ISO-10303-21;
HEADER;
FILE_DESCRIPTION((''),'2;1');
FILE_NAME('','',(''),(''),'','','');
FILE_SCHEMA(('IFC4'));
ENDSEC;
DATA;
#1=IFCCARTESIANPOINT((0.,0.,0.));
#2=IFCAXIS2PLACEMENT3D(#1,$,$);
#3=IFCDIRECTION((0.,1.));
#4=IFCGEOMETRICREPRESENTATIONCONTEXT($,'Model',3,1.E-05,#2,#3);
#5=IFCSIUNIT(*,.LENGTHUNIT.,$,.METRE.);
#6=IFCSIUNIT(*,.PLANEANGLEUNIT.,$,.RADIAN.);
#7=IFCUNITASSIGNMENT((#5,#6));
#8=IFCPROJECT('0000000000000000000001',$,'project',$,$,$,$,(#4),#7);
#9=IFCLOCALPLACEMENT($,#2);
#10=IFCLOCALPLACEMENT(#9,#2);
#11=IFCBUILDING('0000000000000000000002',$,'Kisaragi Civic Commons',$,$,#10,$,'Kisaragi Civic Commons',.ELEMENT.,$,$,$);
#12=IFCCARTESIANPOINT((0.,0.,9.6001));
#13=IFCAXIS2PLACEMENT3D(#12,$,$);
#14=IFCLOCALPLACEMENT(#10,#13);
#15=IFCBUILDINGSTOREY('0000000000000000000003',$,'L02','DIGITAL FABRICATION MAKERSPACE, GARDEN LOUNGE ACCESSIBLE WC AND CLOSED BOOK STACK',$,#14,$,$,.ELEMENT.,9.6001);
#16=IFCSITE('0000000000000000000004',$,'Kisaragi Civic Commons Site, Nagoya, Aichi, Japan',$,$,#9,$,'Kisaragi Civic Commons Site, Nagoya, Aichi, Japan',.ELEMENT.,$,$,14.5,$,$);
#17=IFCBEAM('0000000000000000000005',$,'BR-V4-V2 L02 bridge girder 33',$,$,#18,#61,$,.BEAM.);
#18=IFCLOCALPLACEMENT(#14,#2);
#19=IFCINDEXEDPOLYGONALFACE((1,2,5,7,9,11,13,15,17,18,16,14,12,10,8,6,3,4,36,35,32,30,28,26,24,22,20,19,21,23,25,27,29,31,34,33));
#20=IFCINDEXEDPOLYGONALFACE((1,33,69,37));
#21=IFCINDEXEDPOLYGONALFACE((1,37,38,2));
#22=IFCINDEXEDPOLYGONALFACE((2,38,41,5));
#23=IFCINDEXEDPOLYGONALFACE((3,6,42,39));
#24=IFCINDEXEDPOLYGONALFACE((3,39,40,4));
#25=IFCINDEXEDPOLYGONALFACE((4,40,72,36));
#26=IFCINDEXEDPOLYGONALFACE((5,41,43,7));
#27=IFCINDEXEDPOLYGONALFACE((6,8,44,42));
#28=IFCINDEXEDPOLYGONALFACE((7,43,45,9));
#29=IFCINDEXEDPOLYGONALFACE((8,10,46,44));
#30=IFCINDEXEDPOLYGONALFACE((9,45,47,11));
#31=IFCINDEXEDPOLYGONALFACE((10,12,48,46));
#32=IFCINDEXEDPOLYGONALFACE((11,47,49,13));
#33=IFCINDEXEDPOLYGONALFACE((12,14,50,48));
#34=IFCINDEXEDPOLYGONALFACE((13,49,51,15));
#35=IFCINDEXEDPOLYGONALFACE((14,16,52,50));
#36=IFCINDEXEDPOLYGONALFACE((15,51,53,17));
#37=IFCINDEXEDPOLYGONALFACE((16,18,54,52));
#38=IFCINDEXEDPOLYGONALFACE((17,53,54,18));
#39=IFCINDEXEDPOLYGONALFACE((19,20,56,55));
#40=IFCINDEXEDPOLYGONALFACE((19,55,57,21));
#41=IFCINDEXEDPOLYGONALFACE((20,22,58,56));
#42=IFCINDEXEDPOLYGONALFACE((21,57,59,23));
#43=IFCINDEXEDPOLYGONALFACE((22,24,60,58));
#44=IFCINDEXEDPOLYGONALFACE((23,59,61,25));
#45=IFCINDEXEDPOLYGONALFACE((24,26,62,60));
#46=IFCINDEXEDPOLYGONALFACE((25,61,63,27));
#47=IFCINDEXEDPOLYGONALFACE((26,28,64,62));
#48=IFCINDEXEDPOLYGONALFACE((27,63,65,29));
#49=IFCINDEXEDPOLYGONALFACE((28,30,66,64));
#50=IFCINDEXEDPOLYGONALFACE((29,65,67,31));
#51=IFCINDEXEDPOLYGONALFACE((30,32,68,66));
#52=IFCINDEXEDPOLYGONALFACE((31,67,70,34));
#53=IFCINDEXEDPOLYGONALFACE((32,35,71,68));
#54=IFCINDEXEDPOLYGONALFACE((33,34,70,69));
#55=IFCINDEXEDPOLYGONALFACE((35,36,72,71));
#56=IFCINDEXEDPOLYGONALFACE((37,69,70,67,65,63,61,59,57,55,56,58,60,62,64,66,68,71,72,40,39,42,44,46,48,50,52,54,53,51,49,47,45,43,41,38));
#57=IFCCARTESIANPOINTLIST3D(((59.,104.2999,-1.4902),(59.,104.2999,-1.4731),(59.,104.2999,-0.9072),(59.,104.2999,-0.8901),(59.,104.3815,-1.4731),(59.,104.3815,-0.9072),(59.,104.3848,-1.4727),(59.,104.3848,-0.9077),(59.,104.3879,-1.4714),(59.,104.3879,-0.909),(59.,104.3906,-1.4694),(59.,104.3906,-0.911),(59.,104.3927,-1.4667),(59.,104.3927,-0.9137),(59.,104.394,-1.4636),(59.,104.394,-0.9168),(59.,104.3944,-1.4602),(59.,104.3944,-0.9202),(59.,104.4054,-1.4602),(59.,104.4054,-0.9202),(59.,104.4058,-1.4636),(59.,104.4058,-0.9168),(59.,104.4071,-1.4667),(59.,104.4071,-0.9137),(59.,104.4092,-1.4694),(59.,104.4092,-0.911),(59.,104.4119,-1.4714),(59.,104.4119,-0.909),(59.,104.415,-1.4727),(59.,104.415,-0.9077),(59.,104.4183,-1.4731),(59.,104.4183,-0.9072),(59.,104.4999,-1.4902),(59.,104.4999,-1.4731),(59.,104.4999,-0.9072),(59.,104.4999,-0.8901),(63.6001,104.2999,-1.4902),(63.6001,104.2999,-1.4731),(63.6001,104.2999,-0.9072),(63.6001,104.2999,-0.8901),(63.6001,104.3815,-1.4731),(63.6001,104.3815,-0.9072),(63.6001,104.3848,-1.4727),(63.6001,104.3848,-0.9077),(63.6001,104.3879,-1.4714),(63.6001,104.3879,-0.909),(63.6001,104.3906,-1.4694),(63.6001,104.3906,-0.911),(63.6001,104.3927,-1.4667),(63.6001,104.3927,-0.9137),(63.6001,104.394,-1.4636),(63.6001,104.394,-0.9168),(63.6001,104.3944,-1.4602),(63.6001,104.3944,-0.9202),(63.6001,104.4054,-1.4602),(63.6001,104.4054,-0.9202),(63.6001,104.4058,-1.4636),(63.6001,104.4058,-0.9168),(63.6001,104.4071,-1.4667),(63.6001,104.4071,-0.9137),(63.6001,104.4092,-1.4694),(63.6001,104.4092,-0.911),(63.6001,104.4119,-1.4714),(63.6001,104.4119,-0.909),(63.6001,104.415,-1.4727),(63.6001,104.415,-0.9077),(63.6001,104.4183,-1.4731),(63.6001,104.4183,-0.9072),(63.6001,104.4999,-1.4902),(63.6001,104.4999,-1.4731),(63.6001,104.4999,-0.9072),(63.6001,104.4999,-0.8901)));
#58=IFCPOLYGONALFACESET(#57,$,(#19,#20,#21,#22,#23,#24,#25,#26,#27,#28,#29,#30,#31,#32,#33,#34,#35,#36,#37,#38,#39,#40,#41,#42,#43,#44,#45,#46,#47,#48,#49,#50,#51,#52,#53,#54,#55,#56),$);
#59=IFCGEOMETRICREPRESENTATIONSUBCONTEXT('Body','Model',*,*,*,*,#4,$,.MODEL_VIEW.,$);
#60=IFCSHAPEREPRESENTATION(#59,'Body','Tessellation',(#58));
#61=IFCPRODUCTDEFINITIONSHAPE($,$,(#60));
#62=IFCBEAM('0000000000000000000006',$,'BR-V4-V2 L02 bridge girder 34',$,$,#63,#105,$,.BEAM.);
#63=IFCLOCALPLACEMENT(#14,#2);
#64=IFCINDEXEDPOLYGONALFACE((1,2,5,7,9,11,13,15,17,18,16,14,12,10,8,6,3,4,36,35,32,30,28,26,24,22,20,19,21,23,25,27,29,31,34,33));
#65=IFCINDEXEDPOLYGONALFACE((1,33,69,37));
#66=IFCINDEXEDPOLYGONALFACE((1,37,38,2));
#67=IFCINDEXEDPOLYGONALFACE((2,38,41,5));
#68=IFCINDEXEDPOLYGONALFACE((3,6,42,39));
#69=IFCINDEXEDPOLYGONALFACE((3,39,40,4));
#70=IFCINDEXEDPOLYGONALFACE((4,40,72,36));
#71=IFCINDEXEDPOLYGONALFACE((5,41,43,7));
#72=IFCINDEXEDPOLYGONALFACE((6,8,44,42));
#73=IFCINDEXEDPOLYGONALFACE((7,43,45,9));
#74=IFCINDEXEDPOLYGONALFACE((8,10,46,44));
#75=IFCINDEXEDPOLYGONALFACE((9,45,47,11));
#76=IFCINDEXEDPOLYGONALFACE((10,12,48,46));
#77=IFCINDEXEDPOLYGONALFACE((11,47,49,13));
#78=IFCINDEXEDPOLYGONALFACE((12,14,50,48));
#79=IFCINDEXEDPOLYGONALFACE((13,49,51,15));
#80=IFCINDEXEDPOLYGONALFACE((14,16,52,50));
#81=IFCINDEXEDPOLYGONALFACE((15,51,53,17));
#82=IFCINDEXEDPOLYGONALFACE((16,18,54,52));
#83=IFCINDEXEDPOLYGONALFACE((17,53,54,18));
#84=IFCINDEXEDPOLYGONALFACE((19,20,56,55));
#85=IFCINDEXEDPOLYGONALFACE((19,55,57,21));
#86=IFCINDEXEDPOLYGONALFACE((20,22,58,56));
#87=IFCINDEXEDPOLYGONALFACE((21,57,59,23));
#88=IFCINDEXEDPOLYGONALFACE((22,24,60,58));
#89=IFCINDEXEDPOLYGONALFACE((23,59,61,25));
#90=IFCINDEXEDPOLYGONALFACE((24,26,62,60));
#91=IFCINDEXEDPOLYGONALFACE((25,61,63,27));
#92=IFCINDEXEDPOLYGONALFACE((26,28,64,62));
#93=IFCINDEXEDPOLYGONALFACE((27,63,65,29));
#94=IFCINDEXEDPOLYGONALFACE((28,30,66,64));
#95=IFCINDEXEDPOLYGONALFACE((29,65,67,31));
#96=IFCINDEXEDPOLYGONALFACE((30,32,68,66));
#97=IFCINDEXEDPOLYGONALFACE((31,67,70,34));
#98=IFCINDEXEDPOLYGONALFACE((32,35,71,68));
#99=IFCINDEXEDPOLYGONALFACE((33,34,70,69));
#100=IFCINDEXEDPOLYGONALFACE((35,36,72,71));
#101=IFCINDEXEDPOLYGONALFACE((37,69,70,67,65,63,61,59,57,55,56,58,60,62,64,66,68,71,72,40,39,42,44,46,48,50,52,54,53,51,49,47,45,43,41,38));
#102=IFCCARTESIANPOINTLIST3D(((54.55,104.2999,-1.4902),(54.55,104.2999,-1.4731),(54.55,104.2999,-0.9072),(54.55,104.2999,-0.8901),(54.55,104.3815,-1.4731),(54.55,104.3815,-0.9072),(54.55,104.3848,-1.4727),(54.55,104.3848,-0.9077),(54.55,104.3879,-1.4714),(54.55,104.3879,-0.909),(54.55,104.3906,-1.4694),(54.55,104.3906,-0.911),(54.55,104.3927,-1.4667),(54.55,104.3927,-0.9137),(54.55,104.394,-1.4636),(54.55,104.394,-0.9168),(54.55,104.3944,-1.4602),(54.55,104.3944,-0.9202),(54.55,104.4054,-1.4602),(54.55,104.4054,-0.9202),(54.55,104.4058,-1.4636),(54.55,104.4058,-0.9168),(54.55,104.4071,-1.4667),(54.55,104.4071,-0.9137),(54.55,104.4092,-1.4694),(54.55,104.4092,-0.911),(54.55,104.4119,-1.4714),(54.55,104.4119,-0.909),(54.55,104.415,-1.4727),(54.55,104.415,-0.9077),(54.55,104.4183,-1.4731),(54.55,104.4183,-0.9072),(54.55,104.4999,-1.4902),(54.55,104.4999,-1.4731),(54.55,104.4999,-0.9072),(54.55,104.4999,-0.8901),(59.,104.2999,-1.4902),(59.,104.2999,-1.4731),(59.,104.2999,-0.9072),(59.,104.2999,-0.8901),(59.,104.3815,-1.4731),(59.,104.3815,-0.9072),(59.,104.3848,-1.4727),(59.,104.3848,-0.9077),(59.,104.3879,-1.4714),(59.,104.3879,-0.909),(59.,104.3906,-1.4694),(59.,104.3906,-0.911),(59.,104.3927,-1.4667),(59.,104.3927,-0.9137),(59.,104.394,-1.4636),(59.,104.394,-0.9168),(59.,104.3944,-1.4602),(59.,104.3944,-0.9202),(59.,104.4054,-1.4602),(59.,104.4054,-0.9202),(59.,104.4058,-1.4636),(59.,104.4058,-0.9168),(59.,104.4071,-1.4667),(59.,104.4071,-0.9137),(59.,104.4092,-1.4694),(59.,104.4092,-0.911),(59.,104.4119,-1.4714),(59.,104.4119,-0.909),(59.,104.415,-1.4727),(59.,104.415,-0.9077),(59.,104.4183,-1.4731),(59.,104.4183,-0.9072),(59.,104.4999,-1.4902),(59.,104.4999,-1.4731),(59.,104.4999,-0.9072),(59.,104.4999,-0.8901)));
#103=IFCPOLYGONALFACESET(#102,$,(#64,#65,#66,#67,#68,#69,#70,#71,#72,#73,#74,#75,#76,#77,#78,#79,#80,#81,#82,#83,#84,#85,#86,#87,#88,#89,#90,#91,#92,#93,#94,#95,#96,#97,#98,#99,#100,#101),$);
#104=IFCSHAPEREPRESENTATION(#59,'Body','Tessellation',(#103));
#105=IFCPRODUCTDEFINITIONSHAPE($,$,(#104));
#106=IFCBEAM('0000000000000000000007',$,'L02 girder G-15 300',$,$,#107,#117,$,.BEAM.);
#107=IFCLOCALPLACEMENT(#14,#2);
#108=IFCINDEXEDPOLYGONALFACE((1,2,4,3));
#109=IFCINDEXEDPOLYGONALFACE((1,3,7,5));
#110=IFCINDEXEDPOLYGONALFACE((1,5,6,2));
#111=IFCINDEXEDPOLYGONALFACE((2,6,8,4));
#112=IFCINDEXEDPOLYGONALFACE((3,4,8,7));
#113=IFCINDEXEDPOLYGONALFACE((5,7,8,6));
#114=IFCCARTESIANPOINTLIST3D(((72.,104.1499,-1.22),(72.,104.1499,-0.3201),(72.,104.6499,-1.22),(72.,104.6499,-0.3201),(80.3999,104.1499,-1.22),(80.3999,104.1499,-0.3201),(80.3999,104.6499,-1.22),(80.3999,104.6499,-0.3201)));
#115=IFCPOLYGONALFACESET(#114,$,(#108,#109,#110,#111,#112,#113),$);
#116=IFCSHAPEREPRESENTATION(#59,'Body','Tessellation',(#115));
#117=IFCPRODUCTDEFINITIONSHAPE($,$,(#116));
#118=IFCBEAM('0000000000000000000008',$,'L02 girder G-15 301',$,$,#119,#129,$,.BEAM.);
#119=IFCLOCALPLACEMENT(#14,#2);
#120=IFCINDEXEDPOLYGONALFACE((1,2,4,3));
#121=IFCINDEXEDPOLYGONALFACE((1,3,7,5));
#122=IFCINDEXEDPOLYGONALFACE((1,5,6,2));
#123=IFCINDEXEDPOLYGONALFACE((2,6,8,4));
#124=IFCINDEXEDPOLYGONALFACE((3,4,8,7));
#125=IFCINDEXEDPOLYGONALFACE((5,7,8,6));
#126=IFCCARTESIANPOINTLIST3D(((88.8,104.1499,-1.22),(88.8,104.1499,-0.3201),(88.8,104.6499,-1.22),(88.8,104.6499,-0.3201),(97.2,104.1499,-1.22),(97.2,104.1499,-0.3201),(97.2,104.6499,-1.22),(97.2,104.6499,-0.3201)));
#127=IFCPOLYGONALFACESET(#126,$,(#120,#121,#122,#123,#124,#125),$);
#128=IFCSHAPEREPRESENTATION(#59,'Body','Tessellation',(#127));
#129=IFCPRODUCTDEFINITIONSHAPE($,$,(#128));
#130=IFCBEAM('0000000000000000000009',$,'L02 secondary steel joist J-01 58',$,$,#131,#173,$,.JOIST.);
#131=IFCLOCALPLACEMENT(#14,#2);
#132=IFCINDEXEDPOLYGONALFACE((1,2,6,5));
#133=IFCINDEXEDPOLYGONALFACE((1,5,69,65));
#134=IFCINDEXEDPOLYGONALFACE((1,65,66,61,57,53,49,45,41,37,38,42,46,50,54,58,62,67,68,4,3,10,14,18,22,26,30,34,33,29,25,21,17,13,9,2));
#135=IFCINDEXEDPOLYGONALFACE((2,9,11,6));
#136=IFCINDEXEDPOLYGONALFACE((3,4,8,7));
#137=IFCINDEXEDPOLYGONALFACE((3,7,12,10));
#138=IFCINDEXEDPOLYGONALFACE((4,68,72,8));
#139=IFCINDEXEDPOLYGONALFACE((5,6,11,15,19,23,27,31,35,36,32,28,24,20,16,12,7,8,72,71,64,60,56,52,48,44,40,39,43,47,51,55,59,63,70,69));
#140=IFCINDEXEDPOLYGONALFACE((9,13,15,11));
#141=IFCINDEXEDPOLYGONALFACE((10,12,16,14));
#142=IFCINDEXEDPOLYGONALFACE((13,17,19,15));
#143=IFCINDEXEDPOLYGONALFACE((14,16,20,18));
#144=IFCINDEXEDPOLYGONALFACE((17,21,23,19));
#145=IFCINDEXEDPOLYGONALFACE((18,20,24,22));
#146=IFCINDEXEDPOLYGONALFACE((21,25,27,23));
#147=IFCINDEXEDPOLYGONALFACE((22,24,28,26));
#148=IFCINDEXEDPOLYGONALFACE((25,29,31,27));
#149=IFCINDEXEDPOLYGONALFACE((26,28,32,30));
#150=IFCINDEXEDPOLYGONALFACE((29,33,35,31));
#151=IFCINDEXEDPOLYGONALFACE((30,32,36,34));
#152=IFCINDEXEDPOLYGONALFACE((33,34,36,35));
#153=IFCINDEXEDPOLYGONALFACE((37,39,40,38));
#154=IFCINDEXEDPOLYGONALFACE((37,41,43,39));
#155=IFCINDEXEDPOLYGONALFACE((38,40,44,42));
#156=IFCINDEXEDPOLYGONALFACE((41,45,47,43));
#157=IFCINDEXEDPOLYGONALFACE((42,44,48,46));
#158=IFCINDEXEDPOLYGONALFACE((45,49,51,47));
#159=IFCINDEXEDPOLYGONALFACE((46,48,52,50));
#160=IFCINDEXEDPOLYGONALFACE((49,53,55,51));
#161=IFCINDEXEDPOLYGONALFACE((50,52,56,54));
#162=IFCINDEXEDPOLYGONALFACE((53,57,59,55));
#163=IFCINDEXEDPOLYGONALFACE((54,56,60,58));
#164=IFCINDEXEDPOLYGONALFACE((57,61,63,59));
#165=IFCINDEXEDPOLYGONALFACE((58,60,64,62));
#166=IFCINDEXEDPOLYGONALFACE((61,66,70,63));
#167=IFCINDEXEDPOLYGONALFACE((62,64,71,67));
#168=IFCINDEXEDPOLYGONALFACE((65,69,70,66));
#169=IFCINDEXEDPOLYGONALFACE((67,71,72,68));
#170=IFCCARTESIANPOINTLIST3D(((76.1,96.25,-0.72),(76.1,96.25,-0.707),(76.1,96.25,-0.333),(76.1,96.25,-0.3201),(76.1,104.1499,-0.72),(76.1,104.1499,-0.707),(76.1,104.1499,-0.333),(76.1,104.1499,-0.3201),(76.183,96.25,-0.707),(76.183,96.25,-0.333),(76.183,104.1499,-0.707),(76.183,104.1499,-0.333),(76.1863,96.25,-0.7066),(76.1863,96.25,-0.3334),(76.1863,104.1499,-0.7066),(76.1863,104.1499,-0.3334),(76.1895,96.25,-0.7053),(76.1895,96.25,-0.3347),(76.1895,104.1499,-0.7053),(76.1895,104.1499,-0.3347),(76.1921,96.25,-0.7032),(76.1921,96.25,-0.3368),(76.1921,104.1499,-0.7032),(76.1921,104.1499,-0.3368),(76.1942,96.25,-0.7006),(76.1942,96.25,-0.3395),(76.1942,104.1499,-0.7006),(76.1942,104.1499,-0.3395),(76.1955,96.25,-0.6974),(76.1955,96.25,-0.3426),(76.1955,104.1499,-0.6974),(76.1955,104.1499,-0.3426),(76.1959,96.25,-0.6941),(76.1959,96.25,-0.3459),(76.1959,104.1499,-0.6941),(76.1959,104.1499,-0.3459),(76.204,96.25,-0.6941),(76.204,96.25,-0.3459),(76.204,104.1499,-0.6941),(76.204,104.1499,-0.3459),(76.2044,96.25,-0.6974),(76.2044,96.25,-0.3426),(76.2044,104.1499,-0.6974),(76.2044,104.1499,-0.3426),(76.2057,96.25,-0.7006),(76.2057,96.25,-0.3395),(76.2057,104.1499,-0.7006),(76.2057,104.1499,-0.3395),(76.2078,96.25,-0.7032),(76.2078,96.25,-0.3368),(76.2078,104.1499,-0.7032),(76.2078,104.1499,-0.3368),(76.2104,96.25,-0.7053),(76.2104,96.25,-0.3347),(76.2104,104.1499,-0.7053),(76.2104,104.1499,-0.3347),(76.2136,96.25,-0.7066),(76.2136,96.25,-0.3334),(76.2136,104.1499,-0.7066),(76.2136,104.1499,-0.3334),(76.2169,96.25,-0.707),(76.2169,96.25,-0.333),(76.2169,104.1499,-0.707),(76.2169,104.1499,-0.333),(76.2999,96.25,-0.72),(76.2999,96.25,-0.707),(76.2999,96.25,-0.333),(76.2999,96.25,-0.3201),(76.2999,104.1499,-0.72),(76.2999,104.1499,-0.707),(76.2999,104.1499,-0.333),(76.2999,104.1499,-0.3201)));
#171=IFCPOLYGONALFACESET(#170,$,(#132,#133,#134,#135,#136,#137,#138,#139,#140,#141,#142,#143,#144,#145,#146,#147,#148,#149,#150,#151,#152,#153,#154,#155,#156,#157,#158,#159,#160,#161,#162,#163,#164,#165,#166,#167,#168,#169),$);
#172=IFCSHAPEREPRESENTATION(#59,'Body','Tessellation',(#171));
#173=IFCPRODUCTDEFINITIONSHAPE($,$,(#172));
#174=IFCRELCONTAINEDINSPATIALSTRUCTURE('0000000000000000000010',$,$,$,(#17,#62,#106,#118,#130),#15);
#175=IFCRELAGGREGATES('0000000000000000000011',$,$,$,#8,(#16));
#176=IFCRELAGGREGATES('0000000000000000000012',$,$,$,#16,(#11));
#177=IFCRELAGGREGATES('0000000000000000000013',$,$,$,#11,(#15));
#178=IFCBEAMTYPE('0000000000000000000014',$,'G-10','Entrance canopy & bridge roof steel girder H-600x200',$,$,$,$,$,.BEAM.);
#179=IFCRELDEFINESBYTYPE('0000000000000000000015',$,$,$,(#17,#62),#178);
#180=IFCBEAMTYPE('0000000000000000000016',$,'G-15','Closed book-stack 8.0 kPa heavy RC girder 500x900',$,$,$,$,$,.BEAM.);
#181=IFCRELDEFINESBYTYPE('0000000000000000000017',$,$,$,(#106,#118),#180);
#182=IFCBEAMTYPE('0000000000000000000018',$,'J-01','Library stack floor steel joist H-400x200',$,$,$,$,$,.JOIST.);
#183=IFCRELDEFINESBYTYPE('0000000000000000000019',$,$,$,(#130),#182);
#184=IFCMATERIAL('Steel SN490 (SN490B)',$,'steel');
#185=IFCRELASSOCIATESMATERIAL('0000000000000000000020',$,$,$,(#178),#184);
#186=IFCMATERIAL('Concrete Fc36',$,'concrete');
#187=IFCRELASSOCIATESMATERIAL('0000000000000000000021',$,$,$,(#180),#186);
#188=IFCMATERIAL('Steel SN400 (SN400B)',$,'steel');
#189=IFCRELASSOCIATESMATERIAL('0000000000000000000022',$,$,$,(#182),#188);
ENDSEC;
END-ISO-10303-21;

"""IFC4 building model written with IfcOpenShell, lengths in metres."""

from ifc_helpers import new_model, si_unit, direction, frame, origin, origin_2d, place, context, subcontext, project, spatial, rectangle, i_section, extrude, material, material_profile, profile_set, type_object, element, save


model = new_model("IFC4")

# Units and contexts
model_context = context("Model", 3, precision=1e-05, world=origin(), true_north=direction((0.0, 1.0)))
body_context = subcontext(model_context, "Body", "Model", "MODEL_VIEW")
ifc_project = project(units=[si_unit("LENGTHUNIT", "METRE"), si_unit("PLANEANGLEUNIT", "RADIAN")], contexts=[model_context])

# Site, building, storey
site_placement = place(None, origin())
site = spatial("IfcSite", under=ifc_project, at=site_placement, Name="Kisaragi Civic Commons Site, Nagoya, Aichi, Japan", LongName="Kisaragi Civic Commons Site, Nagoya, Aichi, Japan", CompositionType="ELEMENT", RefElevation=14.5)
building_placement = place(site_placement, origin())
building = spatial("IfcBuilding", under=site, at=building_placement, Name="Kisaragi Civic Commons", LongName="Kisaragi Civic Commons", CompositionType="ELEMENT")
storey_placement = place(building_placement, frame((0.0, 0.0, 9.6001)))
storey = spatial("IfcBuildingStorey", under=building, at=storey_placement, Name="L02", Description="DIGITAL FABRICATION MAKERSPACE, GARDEN LOUNGE ACCESSIBLE WC AND CLOSED BOOK STACK", CompositionType="ELEMENT", Elevation=9.6001)

# Shared definitions
ifc_material_1 = material(Name="Concrete Fc36", Category="concrete")

# Beams
ifc_material_2 = material(Name="Steel SN490 (SN490B)", Category="steel")
ifc_material_profile_1 = material_profile(ifc_material_2, i_section(OverallWidth=0.2, OverallDepth=0.6001, WebThickness=0.011, FlangeThickness=0.0171, FilletRadius=0.0129, at=origin_2d()), Name="H-600x200x11x17", Category="steel")
ifc_profile_set_1 = profile_set([ifc_material_profile_1], Name="Steel SN490 (SN490B)")
beam_type_1 = type_object("IfcBeamType", Name="G-10", Description="Entrance canopy & bridge roof steel girder H-600x200", PredefinedType="BEAM", material=ifc_profile_set_1)
beam_1_placement = place(storey_placement, frame((63.6001, 104.3999, -1.1902), z_axis=(-1.0, 0.0, 0.0), x_axis=(0.0, -1.0, 0.0)))
element("IfcBeam", 1, at=beam_1_placement, inside=storey, type_object=beam_type_1, Name="BR-V4-V2 L02 bridge girder 33", PredefinedType="BEAM", context=body_context, shape_type="SweptSolid", body=[
    extrude(i_section(OverallWidth=0.2, OverallDepth=0.6001, WebThickness=0.011, FlangeThickness=0.0171, FilletRadius=0.0129, at=origin_2d()), origin(), (0.0, 0.0, 1.0), 4.6001),
])
beam_2_placement = place(storey_placement, frame((59.0, 104.3999, -1.1902), z_axis=(-1.0, 0.0, 0.0), x_axis=(0.0, -1.0, 0.0)))
element("IfcBeam", 2, at=beam_2_placement, inside=storey, type_object=beam_type_1, Name="BR-V4-V2 L02 bridge girder 34", PredefinedType="BEAM", context=body_context, shape_type="SweptSolid", body=[
    extrude(i_section(OverallWidth=0.2, OverallDepth=0.6001, WebThickness=0.011, FlangeThickness=0.0171, FilletRadius=0.0129, at=origin_2d()), origin(), (0.0, 0.0, 1.0), 4.45),
])
ifc_material_profile_2 = material_profile(ifc_material_1, rectangle(XDim=0.5, YDim=0.8999, at=origin_2d()), Name="RC-500x900", Category="concrete")
ifc_profile_set_2 = profile_set([ifc_material_profile_2], Name="Concrete Fc36")
beam_type_2 = type_object("IfcBeamType", Name="G-15", Description="Closed book-stack 8.0 kPa heavy RC girder 500x900", PredefinedType="BEAM", material=ifc_profile_set_2)
for number, where, z_axis, x_axis, name in (
    (3, (72.0, 104.3999, -0.77), (1.0, 0.0, 0.0), (0.0, 1.0, 0.0), "L02 girder G-15 300"),
    (4, (88.8, 104.3999, -0.77), (1.0, 0.0, 0.0), (0.0, 1.0, 0.0), "L02 girder G-15 301"),
):
    element("IfcBeam", number, at=place(storey_placement, frame(where, z_axis=z_axis, x_axis=x_axis)), inside=storey, type_object=beam_type_2, Name=name, PredefinedType="BEAM", context=body_context, shape_type="SweptSolid", body=[
        extrude(rectangle(XDim=0.5, YDim=0.8999, at=origin_2d()), origin(), (0.0, 0.0, 1.0), 8.3999),
    ])
ifc_material_3 = material(Name="Steel SN400 (SN400B)", Category="steel")
ifc_material_profile_3 = material_profile(ifc_material_3, i_section(OverallWidth=0.2, OverallDepth=0.3999, WebThickness=0.0081, FlangeThickness=0.0129, FilletRadius=0.0129, at=origin_2d()), Name="H-400x200x8x13", Category="steel")
ifc_profile_set_3 = profile_set([ifc_material_profile_3], Name="Steel SN400 (SN400B)")
beam_type_3 = type_object("IfcBeamType", Name="J-01", Description="Library stack floor steel joist H-400x200", PredefinedType="JOIST", material=ifc_profile_set_3)
beam_3_placement = place(storey_placement, frame((76.2, 96.25, -0.52), z_axis=(0.0, 1.0, 0.0), x_axis=(-1.0, 0.0, 0.0)))
element("IfcBeam", 5, at=beam_3_placement, inside=storey, type_object=beam_type_3, Name="L02 secondary steel joist J-01 58", PredefinedType="JOIST", context=body_context, shape_type="SweptSolid", body=[
    extrude(i_section(OverallWidth=0.2, OverallDepth=0.3999, WebThickness=0.0081, FlangeThickness=0.0129, FilletRadius=0.0129, at=origin_2d()), origin(), (0.0, 0.0, 1.0), 7.8999),
])

save(model, "model.ifc")
